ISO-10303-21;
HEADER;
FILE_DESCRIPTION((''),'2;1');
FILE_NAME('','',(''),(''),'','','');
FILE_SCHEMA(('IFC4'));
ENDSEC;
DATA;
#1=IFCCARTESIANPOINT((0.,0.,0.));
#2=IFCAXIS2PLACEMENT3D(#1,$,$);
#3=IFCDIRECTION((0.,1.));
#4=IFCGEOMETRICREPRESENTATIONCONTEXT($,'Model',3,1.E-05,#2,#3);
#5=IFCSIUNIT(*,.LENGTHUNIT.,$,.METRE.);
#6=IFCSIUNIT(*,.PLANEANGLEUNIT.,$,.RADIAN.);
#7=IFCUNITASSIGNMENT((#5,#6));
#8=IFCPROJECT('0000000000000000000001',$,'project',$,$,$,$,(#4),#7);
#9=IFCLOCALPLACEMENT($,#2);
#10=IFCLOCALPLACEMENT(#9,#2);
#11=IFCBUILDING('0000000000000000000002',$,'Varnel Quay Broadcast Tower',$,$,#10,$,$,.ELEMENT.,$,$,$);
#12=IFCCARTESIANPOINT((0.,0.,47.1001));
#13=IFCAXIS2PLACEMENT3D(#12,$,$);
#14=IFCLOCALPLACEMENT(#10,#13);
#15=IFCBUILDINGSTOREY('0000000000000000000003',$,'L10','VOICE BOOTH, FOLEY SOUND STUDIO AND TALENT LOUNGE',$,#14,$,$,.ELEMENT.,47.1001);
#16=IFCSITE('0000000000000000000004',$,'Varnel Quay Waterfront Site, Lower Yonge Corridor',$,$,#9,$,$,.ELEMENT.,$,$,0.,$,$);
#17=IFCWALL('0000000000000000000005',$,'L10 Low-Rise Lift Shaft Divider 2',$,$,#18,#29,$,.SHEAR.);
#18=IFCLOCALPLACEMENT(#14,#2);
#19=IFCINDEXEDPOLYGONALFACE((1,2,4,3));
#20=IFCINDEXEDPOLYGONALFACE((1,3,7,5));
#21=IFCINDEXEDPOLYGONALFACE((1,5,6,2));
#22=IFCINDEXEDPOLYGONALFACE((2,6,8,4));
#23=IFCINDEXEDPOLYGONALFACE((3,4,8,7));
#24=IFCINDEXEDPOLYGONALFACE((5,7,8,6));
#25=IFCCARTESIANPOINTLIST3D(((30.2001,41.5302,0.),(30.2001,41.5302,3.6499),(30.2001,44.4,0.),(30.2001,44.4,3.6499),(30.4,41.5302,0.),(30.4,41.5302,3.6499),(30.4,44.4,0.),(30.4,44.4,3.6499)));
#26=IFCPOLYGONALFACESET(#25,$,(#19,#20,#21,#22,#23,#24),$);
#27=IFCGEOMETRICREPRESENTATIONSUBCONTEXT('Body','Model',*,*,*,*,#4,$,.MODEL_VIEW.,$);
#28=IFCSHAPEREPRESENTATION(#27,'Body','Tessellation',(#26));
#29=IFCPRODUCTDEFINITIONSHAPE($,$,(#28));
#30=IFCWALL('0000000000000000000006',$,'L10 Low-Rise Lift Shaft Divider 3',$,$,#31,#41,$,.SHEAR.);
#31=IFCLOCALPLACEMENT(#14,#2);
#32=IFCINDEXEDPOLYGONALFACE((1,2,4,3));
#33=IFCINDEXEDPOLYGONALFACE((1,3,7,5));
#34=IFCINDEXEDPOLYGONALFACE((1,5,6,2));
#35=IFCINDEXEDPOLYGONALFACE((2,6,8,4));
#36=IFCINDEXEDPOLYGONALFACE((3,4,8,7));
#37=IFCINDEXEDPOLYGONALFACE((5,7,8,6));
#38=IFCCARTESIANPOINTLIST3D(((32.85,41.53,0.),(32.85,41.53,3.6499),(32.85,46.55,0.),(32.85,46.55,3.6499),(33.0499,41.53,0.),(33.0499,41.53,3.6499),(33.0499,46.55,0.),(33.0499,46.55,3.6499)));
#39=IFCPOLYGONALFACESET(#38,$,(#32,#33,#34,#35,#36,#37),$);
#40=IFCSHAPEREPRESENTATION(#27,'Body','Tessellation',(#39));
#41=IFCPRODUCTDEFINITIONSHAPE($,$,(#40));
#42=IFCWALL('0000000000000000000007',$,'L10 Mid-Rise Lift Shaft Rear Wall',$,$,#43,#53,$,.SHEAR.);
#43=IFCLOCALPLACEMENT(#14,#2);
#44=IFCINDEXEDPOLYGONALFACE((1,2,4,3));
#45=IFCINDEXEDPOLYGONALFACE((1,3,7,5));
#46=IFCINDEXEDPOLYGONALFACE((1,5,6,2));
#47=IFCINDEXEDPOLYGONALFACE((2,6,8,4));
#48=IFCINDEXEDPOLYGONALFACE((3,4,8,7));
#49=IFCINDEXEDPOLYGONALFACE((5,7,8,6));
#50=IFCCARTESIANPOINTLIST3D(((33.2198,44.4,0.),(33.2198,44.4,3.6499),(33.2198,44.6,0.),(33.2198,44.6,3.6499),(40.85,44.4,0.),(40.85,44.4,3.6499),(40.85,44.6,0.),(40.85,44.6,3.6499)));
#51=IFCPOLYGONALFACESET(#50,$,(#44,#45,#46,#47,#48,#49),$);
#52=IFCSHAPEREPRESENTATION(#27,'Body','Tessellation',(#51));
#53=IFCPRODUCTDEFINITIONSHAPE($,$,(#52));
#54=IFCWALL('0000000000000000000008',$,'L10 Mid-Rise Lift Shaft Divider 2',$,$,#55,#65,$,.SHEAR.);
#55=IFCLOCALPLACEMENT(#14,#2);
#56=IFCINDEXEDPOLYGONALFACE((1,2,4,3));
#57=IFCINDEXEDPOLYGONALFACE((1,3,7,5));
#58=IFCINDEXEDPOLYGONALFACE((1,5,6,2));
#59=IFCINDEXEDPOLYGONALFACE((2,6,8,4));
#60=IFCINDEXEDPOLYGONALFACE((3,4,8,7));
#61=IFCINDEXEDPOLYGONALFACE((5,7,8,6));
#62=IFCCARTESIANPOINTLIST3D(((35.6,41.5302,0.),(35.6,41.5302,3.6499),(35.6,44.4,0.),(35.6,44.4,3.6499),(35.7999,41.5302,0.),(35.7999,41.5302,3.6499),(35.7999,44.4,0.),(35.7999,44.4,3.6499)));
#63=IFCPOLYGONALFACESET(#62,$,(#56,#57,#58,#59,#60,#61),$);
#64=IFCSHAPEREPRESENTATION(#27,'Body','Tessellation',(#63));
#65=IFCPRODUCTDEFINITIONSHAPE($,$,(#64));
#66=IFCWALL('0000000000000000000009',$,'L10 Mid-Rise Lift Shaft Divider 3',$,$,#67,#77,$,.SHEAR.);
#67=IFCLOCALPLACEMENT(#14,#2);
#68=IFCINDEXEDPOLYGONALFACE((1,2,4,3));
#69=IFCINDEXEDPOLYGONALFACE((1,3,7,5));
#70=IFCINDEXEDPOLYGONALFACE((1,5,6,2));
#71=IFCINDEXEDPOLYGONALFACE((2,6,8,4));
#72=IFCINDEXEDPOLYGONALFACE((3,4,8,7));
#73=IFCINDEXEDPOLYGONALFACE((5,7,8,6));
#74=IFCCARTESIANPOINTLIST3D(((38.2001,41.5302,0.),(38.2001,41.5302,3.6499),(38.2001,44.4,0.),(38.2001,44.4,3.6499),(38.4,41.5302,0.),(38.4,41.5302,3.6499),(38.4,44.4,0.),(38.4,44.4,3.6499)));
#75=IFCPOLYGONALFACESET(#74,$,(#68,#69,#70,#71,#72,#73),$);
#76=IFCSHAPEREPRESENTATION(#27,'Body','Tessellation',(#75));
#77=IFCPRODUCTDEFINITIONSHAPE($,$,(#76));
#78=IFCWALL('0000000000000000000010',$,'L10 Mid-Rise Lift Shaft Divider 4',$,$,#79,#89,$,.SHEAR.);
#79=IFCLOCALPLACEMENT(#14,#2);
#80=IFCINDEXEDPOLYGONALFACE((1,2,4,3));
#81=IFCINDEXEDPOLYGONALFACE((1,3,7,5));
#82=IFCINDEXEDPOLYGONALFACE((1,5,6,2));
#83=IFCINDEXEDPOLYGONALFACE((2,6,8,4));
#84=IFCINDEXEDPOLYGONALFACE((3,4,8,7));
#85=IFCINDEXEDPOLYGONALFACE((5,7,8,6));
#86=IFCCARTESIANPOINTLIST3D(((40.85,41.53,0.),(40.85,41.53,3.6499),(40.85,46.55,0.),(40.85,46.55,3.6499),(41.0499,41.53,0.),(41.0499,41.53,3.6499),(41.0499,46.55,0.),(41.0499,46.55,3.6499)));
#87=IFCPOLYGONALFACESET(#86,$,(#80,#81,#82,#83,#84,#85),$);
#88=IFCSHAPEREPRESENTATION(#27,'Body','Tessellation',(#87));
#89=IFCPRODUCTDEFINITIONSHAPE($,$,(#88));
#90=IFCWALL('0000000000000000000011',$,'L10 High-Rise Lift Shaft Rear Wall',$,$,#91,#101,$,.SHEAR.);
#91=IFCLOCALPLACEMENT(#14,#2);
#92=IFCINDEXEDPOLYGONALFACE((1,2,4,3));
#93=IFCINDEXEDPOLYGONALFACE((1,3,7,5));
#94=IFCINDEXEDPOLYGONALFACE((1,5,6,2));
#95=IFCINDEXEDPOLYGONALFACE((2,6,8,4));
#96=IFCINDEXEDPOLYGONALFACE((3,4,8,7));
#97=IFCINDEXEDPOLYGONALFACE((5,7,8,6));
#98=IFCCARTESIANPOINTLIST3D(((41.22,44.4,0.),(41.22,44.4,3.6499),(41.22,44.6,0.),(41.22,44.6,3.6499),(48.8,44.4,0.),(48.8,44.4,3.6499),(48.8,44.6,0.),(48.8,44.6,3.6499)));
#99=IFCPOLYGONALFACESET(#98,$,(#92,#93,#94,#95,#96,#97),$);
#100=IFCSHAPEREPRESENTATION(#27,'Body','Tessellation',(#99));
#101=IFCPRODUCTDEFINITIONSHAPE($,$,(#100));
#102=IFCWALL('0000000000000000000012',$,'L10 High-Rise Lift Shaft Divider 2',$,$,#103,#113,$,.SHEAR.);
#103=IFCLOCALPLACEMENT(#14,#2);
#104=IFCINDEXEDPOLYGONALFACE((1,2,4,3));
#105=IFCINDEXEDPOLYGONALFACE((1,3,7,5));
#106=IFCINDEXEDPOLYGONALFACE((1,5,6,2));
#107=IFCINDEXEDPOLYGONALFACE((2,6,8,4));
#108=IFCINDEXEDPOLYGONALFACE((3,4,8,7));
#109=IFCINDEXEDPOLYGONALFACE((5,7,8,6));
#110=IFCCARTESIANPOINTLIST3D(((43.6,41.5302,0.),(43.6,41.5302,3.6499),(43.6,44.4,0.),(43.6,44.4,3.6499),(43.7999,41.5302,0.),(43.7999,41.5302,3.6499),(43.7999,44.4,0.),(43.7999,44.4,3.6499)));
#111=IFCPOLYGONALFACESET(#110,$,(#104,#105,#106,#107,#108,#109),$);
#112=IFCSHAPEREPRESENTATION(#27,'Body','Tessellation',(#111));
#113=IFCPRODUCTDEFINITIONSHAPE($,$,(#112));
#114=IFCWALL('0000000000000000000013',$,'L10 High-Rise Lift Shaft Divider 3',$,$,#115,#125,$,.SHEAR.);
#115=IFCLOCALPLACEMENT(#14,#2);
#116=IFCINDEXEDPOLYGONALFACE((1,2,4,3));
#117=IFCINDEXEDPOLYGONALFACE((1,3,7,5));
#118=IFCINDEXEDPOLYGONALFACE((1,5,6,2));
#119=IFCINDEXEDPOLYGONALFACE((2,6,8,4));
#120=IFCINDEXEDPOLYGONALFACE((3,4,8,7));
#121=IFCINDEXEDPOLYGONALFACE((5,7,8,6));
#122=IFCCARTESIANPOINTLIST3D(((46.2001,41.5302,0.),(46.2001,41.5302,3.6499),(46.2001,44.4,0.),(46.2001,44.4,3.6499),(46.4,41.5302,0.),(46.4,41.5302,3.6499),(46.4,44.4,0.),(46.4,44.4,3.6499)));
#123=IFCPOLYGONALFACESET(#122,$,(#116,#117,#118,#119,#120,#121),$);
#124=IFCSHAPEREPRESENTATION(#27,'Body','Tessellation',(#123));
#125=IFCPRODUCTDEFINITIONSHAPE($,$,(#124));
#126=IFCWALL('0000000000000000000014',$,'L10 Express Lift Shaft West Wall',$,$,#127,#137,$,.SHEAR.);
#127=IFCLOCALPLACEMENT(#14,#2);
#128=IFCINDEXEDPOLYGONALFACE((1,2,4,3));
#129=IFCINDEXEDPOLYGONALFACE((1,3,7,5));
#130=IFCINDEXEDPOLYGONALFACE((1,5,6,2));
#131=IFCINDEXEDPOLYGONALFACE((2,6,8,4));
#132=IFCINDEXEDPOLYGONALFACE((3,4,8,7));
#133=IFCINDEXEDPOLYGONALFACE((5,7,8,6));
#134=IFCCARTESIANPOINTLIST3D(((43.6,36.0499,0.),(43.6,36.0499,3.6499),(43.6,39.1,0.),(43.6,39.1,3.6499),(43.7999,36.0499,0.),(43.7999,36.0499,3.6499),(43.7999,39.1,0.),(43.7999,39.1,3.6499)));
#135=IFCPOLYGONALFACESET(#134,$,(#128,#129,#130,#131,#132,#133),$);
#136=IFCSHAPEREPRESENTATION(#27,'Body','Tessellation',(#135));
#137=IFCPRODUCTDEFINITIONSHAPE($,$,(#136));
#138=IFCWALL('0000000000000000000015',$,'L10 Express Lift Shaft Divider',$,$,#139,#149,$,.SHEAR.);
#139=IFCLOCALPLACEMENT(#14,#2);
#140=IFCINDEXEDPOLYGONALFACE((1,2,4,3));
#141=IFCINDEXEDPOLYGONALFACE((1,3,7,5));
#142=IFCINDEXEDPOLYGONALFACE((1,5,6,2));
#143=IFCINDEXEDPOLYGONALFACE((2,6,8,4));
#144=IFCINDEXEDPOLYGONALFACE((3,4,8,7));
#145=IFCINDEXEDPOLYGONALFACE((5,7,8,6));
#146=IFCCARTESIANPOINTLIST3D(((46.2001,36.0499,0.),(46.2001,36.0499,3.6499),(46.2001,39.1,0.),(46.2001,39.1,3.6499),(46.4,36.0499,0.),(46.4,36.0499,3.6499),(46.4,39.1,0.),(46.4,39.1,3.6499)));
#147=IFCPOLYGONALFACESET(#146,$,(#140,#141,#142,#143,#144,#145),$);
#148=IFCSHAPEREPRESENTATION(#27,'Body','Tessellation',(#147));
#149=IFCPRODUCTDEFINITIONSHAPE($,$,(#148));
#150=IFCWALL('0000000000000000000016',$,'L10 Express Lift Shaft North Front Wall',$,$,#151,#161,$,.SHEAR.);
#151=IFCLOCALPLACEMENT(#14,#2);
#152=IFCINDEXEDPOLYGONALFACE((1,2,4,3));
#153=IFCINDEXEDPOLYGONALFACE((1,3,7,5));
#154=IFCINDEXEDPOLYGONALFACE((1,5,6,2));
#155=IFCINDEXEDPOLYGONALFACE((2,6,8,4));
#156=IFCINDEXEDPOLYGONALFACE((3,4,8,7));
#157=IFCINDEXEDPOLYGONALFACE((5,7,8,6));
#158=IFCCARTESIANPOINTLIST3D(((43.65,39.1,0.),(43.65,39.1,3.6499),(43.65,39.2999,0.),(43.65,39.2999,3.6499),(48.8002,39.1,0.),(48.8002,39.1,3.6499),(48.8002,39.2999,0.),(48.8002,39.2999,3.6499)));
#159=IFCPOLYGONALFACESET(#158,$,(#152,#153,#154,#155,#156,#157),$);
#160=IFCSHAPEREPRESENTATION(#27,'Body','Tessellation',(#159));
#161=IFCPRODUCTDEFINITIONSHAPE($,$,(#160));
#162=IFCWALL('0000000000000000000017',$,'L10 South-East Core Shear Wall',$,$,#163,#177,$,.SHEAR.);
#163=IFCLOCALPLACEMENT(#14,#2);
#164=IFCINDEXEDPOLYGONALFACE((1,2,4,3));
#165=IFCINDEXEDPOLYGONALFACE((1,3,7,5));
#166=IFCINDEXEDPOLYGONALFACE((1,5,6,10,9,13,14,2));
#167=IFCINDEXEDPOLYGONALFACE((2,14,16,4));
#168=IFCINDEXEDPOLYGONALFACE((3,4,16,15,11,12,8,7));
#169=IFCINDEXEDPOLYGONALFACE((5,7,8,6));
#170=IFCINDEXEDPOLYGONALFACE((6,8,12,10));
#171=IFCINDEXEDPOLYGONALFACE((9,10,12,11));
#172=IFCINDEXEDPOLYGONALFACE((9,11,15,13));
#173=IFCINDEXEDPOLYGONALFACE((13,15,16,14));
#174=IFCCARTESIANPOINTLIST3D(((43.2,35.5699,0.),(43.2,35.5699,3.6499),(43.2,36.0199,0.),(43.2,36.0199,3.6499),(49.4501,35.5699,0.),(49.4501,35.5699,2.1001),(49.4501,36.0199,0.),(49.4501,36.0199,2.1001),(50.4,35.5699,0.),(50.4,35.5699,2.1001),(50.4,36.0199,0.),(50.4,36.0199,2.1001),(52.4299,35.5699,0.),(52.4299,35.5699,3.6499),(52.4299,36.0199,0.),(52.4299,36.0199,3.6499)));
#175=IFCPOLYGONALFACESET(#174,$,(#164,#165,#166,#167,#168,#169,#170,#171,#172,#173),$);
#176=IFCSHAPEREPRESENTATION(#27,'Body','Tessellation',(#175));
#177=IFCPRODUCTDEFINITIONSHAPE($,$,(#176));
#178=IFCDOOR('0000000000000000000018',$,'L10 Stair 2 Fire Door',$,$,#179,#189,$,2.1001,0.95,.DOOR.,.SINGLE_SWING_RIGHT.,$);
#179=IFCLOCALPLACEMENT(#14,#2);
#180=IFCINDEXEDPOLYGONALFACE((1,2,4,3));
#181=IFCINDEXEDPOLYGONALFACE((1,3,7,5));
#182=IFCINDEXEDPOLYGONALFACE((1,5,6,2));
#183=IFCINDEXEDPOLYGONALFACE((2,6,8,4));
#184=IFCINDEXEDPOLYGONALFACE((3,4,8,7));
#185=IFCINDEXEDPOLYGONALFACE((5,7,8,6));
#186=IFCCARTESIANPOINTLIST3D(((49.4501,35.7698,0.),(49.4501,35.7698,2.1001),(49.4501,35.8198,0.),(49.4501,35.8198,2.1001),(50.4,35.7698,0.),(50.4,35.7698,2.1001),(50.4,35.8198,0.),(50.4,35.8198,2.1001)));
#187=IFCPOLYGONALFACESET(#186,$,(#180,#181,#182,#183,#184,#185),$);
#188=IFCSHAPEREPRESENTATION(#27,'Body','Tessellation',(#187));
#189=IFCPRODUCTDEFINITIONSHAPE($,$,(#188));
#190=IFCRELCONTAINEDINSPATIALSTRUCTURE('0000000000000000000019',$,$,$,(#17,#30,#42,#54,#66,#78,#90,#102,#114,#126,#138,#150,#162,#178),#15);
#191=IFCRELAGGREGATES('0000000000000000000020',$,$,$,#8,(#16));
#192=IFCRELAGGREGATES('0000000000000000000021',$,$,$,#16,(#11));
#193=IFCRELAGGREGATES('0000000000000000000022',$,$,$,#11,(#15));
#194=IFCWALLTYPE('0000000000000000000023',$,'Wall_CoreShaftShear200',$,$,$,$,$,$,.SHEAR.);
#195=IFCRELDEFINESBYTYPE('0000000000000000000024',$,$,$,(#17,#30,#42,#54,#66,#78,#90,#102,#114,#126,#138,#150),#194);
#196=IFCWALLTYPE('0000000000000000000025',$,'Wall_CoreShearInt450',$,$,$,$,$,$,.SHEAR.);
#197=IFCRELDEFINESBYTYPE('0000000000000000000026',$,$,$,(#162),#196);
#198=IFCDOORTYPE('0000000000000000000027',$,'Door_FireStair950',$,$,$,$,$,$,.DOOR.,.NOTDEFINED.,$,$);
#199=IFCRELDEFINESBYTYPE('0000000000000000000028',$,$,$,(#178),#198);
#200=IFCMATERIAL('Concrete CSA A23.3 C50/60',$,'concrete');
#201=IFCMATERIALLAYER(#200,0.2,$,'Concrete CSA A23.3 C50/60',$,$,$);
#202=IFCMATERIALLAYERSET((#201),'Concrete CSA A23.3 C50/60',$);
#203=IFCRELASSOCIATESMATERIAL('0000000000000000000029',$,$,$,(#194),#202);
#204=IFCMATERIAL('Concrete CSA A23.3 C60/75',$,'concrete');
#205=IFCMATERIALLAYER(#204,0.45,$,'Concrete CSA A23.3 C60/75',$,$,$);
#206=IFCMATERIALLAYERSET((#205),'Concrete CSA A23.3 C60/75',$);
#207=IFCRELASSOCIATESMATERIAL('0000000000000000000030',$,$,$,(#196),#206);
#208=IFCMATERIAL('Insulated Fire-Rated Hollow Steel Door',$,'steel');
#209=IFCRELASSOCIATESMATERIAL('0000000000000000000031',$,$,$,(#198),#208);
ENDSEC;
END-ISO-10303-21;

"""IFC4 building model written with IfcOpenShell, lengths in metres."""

from ifc_helpers import new_model, si_unit, direction, frame, frame_2d, origin, place, context, subcontext, project, spatial, rectangle, extrude, source, transform, mapped, material, layer, layer_set, type_object, type_shapes, element, fill, save


model = new_model("IFC4")

# Units and contexts
model_context = context("Model", 3, precision=1e-05, world=origin(), true_north=direction((0.0, 1.0)))
body_context = subcontext(model_context, "Body", "Model", "MODEL_VIEW")
ifc_project = project(units=[si_unit("LENGTHUNIT", "METRE"), si_unit("PLANEANGLEUNIT", "RADIAN")], contexts=[model_context])

# Site, building, storey
site_placement = place(None, origin())
site = spatial("IfcSite", under=ifc_project, at=site_placement, Name="Varnel Quay Waterfront Site, Lower Yonge Corridor", CompositionType="ELEMENT", RefElevation=0.0)
building_placement = place(site_placement, origin())
building = spatial("IfcBuilding", under=site, at=building_placement, Name="Varnel Quay Broadcast Tower", CompositionType="ELEMENT")
storey_placement = place(building_placement, frame((0.0, 0.0, 47.1001)))
storey = spatial("IfcBuildingStorey", under=building, at=storey_placement, Name="L10", Description="VOICE BOOTH, FOLEY SOUND STUDIO AND TALENT LOUNGE", CompositionType="ELEMENT", Elevation=47.1001)

# Shared definitions
ifc_material_1 = material(Name="Concrete CSA A23.3 C60/75", Category="concrete")

# Walls
ifc_material_2 = material(Name="Concrete CSA A23.3 C50/60", Category="concrete")
ifc_layer_1 = layer(ifc_material_2, 0.2, Name="Concrete CSA A23.3 C50/60")
ifc_layer_set_1 = layer_set([ifc_layer_1], Name="Concrete CSA A23.3 C50/60")
wall_type_1 = type_object("IfcWallType", Name="Wall_CoreShaftShear200", PredefinedType="SHEAR", material=ifc_layer_set_1)
wall_1_placement = place(storey_placement, frame((30.3, 41.53, 0.0), z_axis=(0.0, 0.0, 1.0), x_axis=(0.0, 1.0, 0.0)))
element("IfcWall", 1, at=wall_1_placement, inside=storey, type_object=wall_type_1, Name="L10 Low-Rise Lift Shaft Divider 2", PredefinedType="SHEAR", context=body_context, shape_type="SweptSolid", body=[
    extrude(rectangle(XDim=2.8699, YDim=0.2, at=frame_2d((1.4351, 0.0))), origin(), (0.0, 0.0, 1.0), 3.6499),
])
wall_2_placement = place(storey_placement, frame((32.95, 41.53, 0.0), z_axis=(0.0, 0.0, 1.0), x_axis=(0.0, 1.0, 0.0)))
element("IfcWall", 2, at=wall_2_placement, inside=storey, type_object=wall_type_1, Name="L10 Low-Rise Lift Shaft Divider 3", PredefinedType="SHEAR", context=body_context, shape_type="SweptSolid", body=[
    extrude(rectangle(XDim=5.02, YDim=0.2, at=frame_2d((2.51, 0.0))), origin(), (0.0, 0.0, 1.0), 3.6499),
])
wall_3_placement = place(storey_placement, frame((33.22, 44.5, 0.0), z_axis=(0.0, 0.0, 1.0), x_axis=(1.0, 0.0, 0.0)))
element("IfcWall", 3, at=wall_3_placement, inside=storey, type_object=wall_type_1, Name="L10 Mid-Rise Lift Shaft Rear Wall", PredefinedType="SHEAR", context=body_context, shape_type="SweptSolid", body=[
    extrude(rectangle(XDim=7.6301, YDim=0.2, at=frame_2d((3.8149, 0.0))), origin(), (0.0, 0.0, 1.0), 3.6499),
])
for number, where, z_axis, x_axis, name in (
    (4, (35.7, 41.53, 0.0), (0.0, 0.0, 1.0), (0.0, 1.0, 0.0), "L10 Mid-Rise Lift Shaft Divider 2"),
    (5, (38.3, 41.53, 0.0), (0.0, 0.0, 1.0), (0.0, 1.0, 0.0), "L10 Mid-Rise Lift Shaft Divider 3"),
):
    element("IfcWall", number, at=place(storey_placement, frame(where, z_axis=z_axis, x_axis=x_axis)), inside=storey, type_object=wall_type_1, Name=name, PredefinedType="SHEAR", context=body_context, shape_type="SweptSolid", body=[
        extrude(rectangle(XDim=2.8699, YDim=0.2, at=frame_2d((1.4351, 0.0))), origin(), (0.0, 0.0, 1.0), 3.6499),
    ])
wall_4_placement = place(storey_placement, frame((40.95, 41.53, 0.0), z_axis=(0.0, 0.0, 1.0), x_axis=(0.0, 1.0, 0.0)))
element("IfcWall", 6, at=wall_4_placement, inside=storey, type_object=wall_type_1, Name="L10 Mid-Rise Lift Shaft Divider 4", PredefinedType="SHEAR", context=body_context, shape_type="SweptSolid", body=[
    extrude(rectangle(XDim=5.02, YDim=0.2, at=frame_2d((2.51, 0.0))), origin(), (0.0, 0.0, 1.0), 3.6499),
])
wall_5_placement = place(storey_placement, frame((41.22, 44.5, 0.0), z_axis=(0.0, 0.0, 1.0), x_axis=(1.0, 0.0, 0.0)))
element("IfcWall", 7, at=wall_5_placement, inside=storey, type_object=wall_type_1, Name="L10 High-Rise Lift Shaft Rear Wall", PredefinedType="SHEAR", context=body_context, shape_type="SweptSolid", body=[
    extrude(rectangle(XDim=7.5801, YDim=0.2, at=frame_2d((3.79, 0.0))), origin(), (0.0, 0.0, 1.0), 3.6499),
])
for number, where, z_axis, x_axis, name in (
    (8, (43.7, 41.53, 0.0), (0.0, 0.0, 1.0), (0.0, 1.0, 0.0), "L10 High-Rise Lift Shaft Divider 2"),
    (9, (46.3, 41.53, 0.0), (0.0, 0.0, 1.0), (0.0, 1.0, 0.0), "L10 High-Rise Lift Shaft Divider 3"),
):
    element("IfcWall", number, at=place(storey_placement, frame(where, z_axis=z_axis, x_axis=x_axis)), inside=storey, type_object=wall_type_1, Name=name, PredefinedType="SHEAR", context=body_context, shape_type="SweptSolid", body=[
        extrude(rectangle(XDim=2.8699, YDim=0.2, at=frame_2d((1.4351, 0.0))), origin(), (0.0, 0.0, 1.0), 3.6499),
    ])
for number, where, z_axis, x_axis, name in (
    (10, (43.7, 36.05, 0.0), (0.0, 0.0, 1.0), (0.0, 1.0, 0.0), "L10 Express Lift Shaft West Wall"),
    (11, (46.3, 36.05, 0.0), (0.0, 0.0, 1.0), (0.0, 1.0, 0.0), "L10 Express Lift Shaft Divider"),
):
    element("IfcWall", number, at=place(storey_placement, frame(where, z_axis=z_axis, x_axis=x_axis)), inside=storey, type_object=wall_type_1, Name=name, PredefinedType="SHEAR", context=body_context, shape_type="SweptSolid", body=[
        extrude(rectangle(XDim=3.05, YDim=0.2, at=frame_2d((1.5249, 0.0))), origin(), (0.0, 0.0, 1.0), 3.6499),
    ])
wall_6_placement = place(storey_placement, frame((43.6499, 39.2, 0.0), z_axis=(0.0, 0.0, 1.0), x_axis=(1.0, 0.0, 0.0)))
element("IfcWall", 12, at=wall_6_placement, inside=storey, type_object=wall_type_1, Name="L10 Express Lift Shaft North Front Wall", PredefinedType="SHEAR", context=body_context, shape_type="SweptSolid", body=[
    extrude(rectangle(XDim=5.1501, YDim=0.2, at=frame_2d((2.5752, 0.0))), origin(), (0.0, 0.0, 1.0), 3.6499),
])

# Wall, opening, door
ifc_layer_2 = layer(ifc_material_1, 0.45, Name="Concrete CSA A23.3 C60/75")
ifc_layer_set_2 = layer_set([ifc_layer_2], Name="Concrete CSA A23.3 C60/75")
wall_type_2 = type_object("IfcWallType", Name="Wall_CoreShearInt450", PredefinedType="SHEAR", material=ifc_layer_set_2)
wall_7_placement = place(storey_placement, frame((43.2, 35.7949, 0.0), z_axis=(0.0, 0.0, 1.0), x_axis=(1.0, 0.0, 0.0)))
wall_7 = element("IfcWall", 13, at=wall_7_placement, inside=storey, type_object=wall_type_2, Name="L10 South-East Core Shear Wall", PredefinedType="SHEAR", context=body_context, shape_type="SweptSolid", body=[
    extrude(rectangle(XDim=9.23, YDim=0.45, at=frame_2d((4.615, 0.0))), origin(), (0.0, 0.0, 1.0), 3.6499),
])
opening_1_placement = place(wall_7_placement, frame((6.25, 0.0, 0.0)))
opening_1 = element("IfcOpeningElement", 14, at=opening_1_placement, cuts=wall_7, PredefinedType="OPENING", context=body_context, shape_type="SweptSolid", body=[
    extrude(rectangle(XDim=0.95, YDim=2.1001, at=frame_2d((0.4751, 1.05))), frame((0.0, 0.2349, 0.0), z_axis=(0.0, -1.0, 0.0), x_axis=(1.0, 0.0, 0.0)), (0.0, 0.0, 1.0), 0.47),
])
ifc_material_3 = material(Name="Insulated Fire-Rated Hollow Steel Door", Category="steel")
door_type_1 = type_object("IfcDoorType", Name="Door_FireStair950", OperationType="NOTDEFINED", PredefinedType="DOOR", material=ifc_material_3)
shared_shape_1 = source(origin(), body_context, "Body", "SweptSolid", [
    extrude(rectangle(XDim=0.95, YDim=2.1001, at=frame_2d((0.4751, 1.05))), frame((0.0, 0.0249, 0.0), z_axis=(0.0, -1.0, 0.0), x_axis=(1.0, 0.0, 0.0)), (0.0, 0.0, 1.0), 0.05),
])
type_shapes(door_type_1, [shared_shape_1])
door_1_placement = place(opening_1_placement, origin())
door_1 = element("IfcDoor", 15, at=door_1_placement, inside=storey, type_object=door_type_1, Name="L10 Stair 2 Fire Door", OperationType="SINGLE_SWING_RIGHT", OverallHeight=2.1001, OverallWidth=0.95, PredefinedType="DOOR", context=body_context, shape_type="MappedRepresentation", body=[
    mapped(shared_shape_1, transform((0.0, 0.0, 0.0), x_axis=(1.0, 0.0, 0.0), y_axis=(0.0, 1.0, 0.0), z_axis=(0.0, 0.0, 1.0), scale=1.0)),
])
fill(opening_1, door_1)

save(model, "model.ifc")
